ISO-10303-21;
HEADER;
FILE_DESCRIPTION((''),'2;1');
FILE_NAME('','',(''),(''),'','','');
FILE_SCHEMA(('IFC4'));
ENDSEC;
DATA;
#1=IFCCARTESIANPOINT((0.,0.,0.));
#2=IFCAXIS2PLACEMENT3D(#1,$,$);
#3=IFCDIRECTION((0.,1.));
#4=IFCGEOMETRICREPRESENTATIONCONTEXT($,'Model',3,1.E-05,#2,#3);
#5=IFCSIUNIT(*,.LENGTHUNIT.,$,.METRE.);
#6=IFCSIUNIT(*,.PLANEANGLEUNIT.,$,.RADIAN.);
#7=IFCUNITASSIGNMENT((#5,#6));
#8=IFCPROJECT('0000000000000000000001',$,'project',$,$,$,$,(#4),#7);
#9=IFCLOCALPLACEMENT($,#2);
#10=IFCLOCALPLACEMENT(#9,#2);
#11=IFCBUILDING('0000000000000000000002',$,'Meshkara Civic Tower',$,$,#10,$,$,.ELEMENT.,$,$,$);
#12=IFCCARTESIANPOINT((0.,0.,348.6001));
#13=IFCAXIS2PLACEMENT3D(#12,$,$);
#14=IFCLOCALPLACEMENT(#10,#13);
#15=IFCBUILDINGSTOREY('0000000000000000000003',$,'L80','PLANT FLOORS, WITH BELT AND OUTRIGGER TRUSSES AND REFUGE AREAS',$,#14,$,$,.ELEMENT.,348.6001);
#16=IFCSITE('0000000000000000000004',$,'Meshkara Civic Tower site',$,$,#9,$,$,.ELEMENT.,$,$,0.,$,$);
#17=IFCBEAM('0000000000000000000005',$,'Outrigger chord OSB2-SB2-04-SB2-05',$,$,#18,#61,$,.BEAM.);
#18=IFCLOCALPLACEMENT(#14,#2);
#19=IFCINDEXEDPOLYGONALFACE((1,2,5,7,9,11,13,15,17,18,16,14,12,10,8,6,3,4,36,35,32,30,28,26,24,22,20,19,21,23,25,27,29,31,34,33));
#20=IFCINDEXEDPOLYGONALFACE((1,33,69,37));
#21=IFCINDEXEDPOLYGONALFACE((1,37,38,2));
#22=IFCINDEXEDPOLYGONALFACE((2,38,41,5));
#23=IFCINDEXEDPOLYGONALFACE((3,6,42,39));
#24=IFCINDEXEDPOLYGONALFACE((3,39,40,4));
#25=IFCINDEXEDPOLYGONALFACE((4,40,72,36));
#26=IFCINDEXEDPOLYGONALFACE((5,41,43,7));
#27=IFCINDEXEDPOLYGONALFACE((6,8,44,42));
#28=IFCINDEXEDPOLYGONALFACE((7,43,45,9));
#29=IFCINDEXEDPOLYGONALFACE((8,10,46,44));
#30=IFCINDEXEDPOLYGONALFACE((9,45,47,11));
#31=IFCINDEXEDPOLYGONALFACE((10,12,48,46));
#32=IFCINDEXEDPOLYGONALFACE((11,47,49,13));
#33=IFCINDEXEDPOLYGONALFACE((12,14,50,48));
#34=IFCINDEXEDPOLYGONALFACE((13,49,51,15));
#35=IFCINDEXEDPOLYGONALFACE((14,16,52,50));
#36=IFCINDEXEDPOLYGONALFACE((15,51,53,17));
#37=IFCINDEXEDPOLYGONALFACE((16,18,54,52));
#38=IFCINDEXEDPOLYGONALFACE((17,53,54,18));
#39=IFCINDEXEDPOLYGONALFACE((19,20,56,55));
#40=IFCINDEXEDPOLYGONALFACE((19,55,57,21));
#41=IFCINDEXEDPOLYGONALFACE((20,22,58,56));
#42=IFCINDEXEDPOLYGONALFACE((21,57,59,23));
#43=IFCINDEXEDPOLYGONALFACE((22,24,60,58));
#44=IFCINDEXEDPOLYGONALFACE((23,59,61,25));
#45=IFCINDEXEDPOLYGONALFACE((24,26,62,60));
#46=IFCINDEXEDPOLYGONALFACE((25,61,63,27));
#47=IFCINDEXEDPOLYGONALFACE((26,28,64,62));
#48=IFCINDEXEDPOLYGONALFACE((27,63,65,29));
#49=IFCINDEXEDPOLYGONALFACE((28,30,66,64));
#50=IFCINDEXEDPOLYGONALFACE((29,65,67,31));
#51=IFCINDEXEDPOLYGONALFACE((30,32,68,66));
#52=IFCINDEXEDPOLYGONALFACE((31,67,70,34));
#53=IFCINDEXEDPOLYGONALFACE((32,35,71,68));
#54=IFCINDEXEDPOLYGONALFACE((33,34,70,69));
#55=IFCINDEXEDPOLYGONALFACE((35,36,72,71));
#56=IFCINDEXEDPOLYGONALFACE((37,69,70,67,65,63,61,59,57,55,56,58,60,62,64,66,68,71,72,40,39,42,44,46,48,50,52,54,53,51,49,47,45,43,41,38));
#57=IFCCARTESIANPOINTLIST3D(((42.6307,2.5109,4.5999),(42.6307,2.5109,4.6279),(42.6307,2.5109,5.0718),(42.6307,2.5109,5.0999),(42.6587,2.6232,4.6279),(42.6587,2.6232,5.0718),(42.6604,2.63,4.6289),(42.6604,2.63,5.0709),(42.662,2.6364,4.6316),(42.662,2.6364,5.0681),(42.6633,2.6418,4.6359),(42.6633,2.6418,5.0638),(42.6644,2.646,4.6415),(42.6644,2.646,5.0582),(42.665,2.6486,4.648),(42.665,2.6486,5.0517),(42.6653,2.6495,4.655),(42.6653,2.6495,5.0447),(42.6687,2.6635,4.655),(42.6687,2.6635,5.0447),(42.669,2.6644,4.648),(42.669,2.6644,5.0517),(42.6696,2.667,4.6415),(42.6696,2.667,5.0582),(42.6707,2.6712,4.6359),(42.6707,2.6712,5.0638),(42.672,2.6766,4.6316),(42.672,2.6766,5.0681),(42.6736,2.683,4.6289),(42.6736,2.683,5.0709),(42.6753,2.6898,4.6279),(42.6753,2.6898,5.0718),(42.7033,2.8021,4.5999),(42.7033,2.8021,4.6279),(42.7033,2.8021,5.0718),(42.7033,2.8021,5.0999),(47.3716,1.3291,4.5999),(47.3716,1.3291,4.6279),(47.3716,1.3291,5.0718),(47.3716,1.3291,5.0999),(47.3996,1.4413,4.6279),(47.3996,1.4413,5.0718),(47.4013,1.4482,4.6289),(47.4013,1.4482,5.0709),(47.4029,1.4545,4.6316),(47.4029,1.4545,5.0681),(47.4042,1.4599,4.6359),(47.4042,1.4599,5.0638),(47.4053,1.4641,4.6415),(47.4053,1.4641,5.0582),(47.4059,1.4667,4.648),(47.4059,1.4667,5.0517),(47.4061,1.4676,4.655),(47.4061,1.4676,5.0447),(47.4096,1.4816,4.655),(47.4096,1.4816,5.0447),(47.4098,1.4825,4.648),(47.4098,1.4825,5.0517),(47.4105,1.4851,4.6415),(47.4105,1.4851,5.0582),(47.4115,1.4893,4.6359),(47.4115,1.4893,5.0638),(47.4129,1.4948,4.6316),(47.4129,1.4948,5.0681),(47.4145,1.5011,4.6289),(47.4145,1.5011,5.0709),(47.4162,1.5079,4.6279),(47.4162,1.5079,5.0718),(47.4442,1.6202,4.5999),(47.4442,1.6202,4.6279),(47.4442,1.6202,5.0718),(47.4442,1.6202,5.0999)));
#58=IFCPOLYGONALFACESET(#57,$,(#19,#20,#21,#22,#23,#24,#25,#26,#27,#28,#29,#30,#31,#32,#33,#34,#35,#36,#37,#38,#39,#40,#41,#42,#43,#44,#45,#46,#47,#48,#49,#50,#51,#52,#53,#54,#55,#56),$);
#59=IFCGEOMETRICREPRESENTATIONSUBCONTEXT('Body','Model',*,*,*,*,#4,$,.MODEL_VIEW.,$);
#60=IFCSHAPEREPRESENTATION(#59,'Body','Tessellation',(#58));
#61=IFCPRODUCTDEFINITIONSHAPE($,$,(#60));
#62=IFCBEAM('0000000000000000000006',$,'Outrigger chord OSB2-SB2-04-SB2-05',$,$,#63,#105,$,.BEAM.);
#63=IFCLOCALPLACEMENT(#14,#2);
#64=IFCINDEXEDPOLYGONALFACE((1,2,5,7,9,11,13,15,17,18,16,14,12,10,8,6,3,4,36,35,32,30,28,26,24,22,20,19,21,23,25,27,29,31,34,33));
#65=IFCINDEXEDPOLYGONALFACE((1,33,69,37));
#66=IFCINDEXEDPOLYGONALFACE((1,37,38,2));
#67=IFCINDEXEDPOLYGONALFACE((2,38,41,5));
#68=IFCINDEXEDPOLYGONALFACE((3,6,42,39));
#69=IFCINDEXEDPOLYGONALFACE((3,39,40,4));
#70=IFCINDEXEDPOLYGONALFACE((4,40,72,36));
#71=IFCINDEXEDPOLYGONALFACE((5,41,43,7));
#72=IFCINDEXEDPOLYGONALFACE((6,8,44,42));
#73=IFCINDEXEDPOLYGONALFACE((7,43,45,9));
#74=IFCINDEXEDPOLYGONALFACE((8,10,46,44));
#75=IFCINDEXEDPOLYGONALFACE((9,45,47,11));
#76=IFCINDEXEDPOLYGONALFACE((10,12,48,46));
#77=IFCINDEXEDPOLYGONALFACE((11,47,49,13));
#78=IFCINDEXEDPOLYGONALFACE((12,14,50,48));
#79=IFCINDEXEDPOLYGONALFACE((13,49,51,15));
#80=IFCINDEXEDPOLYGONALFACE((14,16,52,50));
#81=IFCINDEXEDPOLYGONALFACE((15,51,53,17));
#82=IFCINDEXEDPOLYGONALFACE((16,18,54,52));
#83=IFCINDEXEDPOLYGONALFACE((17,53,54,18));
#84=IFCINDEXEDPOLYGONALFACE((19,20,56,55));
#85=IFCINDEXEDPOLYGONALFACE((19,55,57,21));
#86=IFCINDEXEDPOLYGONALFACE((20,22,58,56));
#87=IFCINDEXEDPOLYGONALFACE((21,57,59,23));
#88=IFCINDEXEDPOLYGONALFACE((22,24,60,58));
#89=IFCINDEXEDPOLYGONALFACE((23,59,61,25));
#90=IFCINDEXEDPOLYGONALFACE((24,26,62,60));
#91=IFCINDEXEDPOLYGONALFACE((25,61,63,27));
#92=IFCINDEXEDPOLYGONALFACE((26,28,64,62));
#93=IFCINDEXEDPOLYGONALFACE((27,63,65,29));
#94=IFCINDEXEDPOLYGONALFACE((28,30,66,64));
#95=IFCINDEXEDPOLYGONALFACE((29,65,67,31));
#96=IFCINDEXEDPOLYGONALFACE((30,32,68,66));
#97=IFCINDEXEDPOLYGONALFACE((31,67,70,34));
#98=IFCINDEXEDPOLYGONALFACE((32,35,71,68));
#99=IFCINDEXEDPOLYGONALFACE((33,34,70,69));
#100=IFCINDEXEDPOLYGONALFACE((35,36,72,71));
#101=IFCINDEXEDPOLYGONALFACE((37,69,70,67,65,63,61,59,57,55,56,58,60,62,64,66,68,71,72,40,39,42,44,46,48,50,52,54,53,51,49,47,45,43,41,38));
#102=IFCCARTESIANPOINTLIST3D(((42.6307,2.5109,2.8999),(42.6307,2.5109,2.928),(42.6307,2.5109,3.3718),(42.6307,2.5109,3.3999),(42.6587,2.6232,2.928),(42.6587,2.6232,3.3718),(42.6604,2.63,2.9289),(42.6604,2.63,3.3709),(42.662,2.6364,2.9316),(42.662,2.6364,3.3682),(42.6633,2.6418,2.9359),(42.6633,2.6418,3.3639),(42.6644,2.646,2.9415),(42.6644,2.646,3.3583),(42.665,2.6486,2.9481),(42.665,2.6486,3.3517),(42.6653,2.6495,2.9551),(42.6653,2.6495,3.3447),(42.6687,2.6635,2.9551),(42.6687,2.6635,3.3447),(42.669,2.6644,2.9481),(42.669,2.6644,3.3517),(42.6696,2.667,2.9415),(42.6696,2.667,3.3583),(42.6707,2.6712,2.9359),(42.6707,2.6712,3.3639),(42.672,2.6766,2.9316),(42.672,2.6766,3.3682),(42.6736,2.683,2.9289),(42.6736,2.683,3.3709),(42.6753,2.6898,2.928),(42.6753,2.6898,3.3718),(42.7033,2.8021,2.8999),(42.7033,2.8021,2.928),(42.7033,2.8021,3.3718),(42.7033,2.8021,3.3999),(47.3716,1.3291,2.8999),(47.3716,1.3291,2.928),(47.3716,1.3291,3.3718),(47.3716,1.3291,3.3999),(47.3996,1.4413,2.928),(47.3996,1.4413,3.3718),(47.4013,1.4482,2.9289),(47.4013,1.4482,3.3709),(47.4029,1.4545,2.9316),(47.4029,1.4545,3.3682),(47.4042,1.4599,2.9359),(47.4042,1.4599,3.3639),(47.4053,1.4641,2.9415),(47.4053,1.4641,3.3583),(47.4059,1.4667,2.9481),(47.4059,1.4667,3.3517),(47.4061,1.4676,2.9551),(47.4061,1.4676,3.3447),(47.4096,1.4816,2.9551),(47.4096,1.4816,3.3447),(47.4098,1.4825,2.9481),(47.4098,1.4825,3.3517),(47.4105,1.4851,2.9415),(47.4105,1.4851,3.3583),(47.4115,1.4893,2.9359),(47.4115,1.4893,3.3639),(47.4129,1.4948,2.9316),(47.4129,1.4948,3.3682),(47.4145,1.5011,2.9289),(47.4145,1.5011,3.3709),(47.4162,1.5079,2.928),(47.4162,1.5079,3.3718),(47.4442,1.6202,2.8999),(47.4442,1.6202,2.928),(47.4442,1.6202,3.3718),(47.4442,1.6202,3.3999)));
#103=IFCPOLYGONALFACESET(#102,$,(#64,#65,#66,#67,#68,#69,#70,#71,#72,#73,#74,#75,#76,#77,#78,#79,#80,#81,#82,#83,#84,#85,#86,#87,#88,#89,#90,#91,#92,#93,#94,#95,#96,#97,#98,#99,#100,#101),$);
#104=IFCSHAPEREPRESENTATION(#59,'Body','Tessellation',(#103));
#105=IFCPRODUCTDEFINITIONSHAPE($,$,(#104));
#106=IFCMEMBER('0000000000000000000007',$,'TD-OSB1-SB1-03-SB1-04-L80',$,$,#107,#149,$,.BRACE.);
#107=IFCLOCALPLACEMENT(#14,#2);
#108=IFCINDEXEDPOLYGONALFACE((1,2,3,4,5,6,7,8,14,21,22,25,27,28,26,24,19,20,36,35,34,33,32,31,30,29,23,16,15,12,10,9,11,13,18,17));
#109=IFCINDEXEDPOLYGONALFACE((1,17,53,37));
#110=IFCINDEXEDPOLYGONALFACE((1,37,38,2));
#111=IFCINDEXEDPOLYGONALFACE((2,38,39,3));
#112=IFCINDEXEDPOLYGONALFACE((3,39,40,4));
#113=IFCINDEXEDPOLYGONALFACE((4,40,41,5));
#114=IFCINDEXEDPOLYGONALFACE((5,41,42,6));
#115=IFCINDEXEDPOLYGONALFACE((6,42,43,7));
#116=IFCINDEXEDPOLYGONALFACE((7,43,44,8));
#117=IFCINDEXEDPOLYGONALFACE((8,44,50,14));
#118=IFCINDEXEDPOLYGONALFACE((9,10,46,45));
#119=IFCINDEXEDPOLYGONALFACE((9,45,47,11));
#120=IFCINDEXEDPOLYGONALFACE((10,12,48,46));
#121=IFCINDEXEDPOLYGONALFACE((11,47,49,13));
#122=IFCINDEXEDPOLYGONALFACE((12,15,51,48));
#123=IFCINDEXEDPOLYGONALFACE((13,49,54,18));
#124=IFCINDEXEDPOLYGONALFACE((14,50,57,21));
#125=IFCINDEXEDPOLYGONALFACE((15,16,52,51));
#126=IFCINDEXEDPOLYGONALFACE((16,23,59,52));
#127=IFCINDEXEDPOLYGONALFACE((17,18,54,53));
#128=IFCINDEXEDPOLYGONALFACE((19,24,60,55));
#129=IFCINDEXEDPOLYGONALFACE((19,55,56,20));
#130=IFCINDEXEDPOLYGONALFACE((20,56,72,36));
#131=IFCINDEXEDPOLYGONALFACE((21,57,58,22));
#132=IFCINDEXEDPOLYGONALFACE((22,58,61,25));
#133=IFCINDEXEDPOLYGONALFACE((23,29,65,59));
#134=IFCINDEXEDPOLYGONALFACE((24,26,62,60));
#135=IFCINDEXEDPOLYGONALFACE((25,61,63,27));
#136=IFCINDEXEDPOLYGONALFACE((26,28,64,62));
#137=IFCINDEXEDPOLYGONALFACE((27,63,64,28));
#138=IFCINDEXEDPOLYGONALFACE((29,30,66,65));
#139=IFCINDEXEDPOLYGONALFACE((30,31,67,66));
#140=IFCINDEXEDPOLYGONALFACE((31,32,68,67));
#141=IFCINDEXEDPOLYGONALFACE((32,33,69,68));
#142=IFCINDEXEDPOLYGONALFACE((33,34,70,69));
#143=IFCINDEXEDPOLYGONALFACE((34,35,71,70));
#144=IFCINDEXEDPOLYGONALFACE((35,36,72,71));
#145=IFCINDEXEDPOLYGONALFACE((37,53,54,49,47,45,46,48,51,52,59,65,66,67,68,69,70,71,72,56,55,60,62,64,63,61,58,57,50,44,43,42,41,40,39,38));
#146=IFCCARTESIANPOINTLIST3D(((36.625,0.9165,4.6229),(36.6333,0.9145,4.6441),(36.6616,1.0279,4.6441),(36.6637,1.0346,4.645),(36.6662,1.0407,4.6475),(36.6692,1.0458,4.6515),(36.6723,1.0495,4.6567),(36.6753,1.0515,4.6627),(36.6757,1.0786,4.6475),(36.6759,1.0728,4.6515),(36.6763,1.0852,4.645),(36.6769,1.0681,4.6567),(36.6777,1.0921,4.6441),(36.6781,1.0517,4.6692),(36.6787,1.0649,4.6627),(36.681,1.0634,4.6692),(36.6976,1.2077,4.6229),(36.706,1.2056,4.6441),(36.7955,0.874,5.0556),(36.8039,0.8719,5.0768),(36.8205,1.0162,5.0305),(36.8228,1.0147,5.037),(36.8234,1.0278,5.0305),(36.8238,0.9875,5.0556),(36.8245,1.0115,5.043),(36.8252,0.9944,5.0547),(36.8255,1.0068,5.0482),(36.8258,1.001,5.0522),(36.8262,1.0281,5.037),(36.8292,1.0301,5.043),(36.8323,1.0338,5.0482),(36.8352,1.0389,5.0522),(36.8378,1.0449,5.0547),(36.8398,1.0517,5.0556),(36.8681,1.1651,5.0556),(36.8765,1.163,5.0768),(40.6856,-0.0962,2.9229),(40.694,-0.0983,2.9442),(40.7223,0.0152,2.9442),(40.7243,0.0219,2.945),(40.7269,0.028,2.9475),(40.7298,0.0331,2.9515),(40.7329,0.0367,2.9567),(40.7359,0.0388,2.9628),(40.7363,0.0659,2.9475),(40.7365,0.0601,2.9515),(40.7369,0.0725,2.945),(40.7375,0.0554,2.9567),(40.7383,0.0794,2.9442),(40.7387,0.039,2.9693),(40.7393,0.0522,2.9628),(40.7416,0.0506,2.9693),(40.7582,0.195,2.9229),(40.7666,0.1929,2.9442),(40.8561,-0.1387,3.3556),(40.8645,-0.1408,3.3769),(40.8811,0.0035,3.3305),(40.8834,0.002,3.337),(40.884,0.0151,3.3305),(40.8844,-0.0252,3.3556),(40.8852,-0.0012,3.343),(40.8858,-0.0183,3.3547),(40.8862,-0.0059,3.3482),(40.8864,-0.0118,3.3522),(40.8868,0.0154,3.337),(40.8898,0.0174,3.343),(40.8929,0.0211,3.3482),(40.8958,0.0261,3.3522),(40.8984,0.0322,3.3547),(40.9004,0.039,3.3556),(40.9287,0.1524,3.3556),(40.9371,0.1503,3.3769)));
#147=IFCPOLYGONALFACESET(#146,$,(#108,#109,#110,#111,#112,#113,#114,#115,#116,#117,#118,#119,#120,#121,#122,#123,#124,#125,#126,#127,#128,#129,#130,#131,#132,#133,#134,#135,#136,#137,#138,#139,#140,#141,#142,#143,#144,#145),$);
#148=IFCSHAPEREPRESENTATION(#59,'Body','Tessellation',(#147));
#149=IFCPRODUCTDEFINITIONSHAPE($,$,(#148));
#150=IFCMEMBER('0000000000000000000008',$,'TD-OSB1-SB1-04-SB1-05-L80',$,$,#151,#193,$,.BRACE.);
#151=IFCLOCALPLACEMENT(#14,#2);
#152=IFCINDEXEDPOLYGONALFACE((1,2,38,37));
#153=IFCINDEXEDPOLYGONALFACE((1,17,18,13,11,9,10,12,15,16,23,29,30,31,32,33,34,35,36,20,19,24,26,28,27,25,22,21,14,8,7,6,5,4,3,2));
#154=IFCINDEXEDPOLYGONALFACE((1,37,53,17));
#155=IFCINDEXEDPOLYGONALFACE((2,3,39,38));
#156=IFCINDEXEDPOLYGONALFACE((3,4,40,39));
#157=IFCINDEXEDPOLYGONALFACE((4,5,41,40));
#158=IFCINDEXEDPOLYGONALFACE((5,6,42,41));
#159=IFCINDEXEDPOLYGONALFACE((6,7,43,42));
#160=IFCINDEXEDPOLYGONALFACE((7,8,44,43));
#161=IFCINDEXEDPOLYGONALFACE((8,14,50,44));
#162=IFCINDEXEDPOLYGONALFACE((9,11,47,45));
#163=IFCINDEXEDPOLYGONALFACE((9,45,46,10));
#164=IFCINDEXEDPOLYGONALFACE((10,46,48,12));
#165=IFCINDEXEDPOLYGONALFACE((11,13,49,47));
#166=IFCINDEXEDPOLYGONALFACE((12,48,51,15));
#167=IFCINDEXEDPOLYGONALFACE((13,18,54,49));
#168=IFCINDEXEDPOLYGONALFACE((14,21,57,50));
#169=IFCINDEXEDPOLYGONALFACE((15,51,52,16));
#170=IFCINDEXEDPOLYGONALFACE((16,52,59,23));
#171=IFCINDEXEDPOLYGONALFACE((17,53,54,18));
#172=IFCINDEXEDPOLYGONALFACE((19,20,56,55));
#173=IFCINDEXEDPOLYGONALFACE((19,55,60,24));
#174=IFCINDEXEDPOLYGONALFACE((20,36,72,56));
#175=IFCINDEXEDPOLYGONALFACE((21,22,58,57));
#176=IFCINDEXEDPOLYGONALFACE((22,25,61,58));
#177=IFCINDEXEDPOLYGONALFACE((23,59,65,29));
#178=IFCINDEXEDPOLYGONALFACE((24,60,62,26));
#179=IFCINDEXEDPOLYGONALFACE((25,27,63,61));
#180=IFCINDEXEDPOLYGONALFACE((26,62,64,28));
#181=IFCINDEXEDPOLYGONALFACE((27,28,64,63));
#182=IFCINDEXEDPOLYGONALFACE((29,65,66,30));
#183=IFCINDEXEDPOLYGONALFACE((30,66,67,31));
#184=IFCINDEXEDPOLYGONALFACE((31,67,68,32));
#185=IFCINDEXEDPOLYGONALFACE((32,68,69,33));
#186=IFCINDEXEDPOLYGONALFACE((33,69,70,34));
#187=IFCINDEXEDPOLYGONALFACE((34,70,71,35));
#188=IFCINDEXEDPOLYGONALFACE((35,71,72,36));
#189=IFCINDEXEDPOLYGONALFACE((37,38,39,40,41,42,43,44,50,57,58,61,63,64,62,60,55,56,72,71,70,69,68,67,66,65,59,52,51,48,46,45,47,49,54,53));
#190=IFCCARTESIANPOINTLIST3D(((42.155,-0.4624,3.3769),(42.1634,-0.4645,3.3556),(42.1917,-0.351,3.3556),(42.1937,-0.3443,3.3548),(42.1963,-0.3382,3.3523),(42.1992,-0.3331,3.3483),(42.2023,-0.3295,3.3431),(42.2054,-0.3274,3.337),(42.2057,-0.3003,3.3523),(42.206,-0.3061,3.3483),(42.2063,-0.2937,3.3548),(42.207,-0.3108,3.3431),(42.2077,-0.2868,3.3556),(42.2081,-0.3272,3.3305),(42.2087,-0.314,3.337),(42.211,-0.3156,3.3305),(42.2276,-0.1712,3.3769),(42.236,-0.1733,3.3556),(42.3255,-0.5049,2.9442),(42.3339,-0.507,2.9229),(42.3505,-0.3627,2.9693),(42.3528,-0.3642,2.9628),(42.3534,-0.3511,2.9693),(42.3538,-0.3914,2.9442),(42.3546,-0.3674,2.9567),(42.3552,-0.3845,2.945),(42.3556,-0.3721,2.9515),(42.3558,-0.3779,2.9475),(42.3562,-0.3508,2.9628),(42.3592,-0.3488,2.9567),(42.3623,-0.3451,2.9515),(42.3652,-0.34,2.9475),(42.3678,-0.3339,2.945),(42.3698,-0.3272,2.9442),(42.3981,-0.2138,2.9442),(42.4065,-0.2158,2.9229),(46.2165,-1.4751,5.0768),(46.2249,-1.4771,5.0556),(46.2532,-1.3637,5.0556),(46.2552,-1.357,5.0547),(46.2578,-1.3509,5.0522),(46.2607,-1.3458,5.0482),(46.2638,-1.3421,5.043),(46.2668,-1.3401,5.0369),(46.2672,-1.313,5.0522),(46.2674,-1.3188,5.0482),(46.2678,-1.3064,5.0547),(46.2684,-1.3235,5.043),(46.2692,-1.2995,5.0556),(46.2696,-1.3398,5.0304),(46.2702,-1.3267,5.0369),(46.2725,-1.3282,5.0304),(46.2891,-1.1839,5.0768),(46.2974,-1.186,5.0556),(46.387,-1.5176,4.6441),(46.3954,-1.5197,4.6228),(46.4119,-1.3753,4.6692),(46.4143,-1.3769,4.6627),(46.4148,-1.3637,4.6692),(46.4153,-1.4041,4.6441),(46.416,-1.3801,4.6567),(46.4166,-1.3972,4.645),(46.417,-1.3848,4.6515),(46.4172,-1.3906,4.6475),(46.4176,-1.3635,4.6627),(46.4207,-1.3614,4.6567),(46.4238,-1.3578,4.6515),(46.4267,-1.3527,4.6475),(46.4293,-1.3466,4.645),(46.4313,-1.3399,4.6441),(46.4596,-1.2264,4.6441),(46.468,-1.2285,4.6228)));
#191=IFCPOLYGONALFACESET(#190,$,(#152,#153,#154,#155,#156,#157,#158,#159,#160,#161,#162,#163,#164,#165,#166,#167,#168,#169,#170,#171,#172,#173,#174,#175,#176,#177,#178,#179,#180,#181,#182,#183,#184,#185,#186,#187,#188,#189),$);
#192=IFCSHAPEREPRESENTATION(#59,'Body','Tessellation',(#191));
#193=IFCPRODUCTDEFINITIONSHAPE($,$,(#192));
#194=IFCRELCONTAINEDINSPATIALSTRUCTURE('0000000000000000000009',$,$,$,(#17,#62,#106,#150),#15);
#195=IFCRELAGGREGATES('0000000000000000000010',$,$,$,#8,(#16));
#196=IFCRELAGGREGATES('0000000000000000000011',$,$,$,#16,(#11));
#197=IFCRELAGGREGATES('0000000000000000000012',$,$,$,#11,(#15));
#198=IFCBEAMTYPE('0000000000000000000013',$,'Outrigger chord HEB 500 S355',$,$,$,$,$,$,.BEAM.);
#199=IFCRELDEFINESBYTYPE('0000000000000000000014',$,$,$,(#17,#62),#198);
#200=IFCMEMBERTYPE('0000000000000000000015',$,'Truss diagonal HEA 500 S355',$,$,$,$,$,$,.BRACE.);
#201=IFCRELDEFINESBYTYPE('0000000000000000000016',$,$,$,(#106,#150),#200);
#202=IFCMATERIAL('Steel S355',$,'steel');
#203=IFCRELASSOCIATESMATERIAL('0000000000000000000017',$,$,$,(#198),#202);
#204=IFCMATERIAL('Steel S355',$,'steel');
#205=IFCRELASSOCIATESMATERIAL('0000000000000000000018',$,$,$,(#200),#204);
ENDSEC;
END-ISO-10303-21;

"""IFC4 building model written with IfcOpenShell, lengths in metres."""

from ifc_helpers import new_model, si_unit, direction, frame, origin, origin_2d, place, context, subcontext, project, spatial, i_section, extrude, material, material_profile, profile_set, type_object, element, save


model = new_model("IFC4")

# Units and contexts
model_context = context("Model", 3, precision=1e-05, world=origin(), true_north=direction((0.0, 1.0)))
body_context = subcontext(model_context, "Body", "Model", "MODEL_VIEW")
ifc_project = project(units=[si_unit("LENGTHUNIT", "METRE"), si_unit("PLANEANGLEUNIT", "RADIAN")], contexts=[model_context])

# Site, building, storey
site_placement = place(None, origin())
site = spatial("IfcSite", under=ifc_project, at=site_placement, Name="Meshkara Civic Tower site", CompositionType="ELEMENT", RefElevation=0.0)
building_placement = place(site_placement, origin())
building = spatial("IfcBuilding", under=site, at=building_placement, Name="Meshkara Civic Tower", CompositionType="ELEMENT")
storey_placement = place(building_placement, frame((0.0, 0.0, 348.6001)))
storey = spatial("IfcBuildingStorey", under=building, at=storey_placement, Name="L80", Description="PLANT FLOORS, WITH BELT AND OUTRIGGER TRUSSES AND REFUGE AREAS", CompositionType="ELEMENT", Elevation=348.6001)

# Beams
ifc_material_1 = material(Name="Steel S355", Category="steel")
ifc_material_profile_1 = material_profile(ifc_material_1, i_section(OverallWidth=0.3, OverallDepth=0.5, WebThickness=0.0144, FlangeThickness=0.0281, FilletRadius=0.0271, at=origin_2d()))
ifc_profile_set_1 = profile_set([ifc_material_profile_1], Name="Steel S355")
beam_type_1 = type_object("IfcBeamType", Name="Outrigger chord HEB 500 S355", PredefinedType="BEAM", material=ifc_profile_set_1)
for number, where, z_axis, x_axis, name in (
    (1, (42.667, 2.6565, 4.8499), (0.970304, -0.241889, 0.0), (0.241889, 0.970304, 0.0), "Outrigger chord OSB2-SB2-04-SB2-05"),
    (2, (42.667, 2.6565, 3.1499), (0.970304, -0.241889, 0.0), (0.241889, 0.970304, 0.0), "Outrigger chord OSB2-SB2-04-SB2-05"),
):
    element("IfcBeam", number, at=place(storey_placement, frame(where, z_axis=z_axis, x_axis=x_axis)), inside=storey, type_object=beam_type_1, Name=name, PredefinedType="BEAM", context=body_context, shape_type="SweptSolid", body=[
        extrude(i_section(OverallWidth=0.3, OverallDepth=0.5, WebThickness=0.0144, FlangeThickness=0.0281, FilletRadius=0.0271, at=origin_2d()), origin(), (0.0, 0.0, 1.0), 4.886),
    ])

# Members
ifc_material_2 = material(Name="Steel S355", Category="steel")
ifc_material_profile_2 = material_profile(ifc_material_2, i_section(OverallWidth=0.3, OverallDepth=0.49, WebThickness=0.012, FlangeThickness=0.0229, FilletRadius=0.0271, at=origin_2d()))
ifc_profile_set_2 = profile_set([ifc_material_profile_2], Name="Steel S355")
member_type_1 = type_object("IfcMemberType", Name="Truss diagonal HEA 500 S355", PredefinedType="BRACE", material=ifc_profile_set_2)
member_1_placement = place(storey_placement, frame((36.7507, 1.0398, 4.8499), z_axis=(0.898945, -0.224196, -0.376344), x_axis=(0.241987, 0.97028, 0.0)))
element("IfcMember", 3, at=member_1_placement, inside=storey, type_object=member_type_1, Name="TD-OSB1-SB1-03-SB1-04-L80", PredefinedType="BRACE", context=body_context, shape_type="SweptSolid", body=[
    extrude(i_section(OverallWidth=0.3, OverallDepth=0.49, WebThickness=0.012, FlangeThickness=0.0229, FilletRadius=0.0271, at=origin_2d()), origin(), (0.0, 0.0, 1.0), 4.5171),
])
member_2_placement = place(storey_placement, frame((42.2808, -0.3391, 3.1499), z_axis=(0.898986, -0.224152, 0.376271), x_axis=(0.241932, 0.970293, 0.0)))
element("IfcMember", 4, at=member_2_placement, inside=storey, type_object=member_type_1, Name="TD-OSB1-SB1-04-SB1-05-L80", PredefinedType="BRACE", context=body_context, shape_type="SweptSolid", body=[
    extrude(i_section(OverallWidth=0.3, OverallDepth=0.49, WebThickness=0.012, FlangeThickness=0.0229, FilletRadius=0.0271, at=origin_2d()), origin(), (0.0, 0.0, 1.0), 4.5178),
])

save(model, "model.ifc")
